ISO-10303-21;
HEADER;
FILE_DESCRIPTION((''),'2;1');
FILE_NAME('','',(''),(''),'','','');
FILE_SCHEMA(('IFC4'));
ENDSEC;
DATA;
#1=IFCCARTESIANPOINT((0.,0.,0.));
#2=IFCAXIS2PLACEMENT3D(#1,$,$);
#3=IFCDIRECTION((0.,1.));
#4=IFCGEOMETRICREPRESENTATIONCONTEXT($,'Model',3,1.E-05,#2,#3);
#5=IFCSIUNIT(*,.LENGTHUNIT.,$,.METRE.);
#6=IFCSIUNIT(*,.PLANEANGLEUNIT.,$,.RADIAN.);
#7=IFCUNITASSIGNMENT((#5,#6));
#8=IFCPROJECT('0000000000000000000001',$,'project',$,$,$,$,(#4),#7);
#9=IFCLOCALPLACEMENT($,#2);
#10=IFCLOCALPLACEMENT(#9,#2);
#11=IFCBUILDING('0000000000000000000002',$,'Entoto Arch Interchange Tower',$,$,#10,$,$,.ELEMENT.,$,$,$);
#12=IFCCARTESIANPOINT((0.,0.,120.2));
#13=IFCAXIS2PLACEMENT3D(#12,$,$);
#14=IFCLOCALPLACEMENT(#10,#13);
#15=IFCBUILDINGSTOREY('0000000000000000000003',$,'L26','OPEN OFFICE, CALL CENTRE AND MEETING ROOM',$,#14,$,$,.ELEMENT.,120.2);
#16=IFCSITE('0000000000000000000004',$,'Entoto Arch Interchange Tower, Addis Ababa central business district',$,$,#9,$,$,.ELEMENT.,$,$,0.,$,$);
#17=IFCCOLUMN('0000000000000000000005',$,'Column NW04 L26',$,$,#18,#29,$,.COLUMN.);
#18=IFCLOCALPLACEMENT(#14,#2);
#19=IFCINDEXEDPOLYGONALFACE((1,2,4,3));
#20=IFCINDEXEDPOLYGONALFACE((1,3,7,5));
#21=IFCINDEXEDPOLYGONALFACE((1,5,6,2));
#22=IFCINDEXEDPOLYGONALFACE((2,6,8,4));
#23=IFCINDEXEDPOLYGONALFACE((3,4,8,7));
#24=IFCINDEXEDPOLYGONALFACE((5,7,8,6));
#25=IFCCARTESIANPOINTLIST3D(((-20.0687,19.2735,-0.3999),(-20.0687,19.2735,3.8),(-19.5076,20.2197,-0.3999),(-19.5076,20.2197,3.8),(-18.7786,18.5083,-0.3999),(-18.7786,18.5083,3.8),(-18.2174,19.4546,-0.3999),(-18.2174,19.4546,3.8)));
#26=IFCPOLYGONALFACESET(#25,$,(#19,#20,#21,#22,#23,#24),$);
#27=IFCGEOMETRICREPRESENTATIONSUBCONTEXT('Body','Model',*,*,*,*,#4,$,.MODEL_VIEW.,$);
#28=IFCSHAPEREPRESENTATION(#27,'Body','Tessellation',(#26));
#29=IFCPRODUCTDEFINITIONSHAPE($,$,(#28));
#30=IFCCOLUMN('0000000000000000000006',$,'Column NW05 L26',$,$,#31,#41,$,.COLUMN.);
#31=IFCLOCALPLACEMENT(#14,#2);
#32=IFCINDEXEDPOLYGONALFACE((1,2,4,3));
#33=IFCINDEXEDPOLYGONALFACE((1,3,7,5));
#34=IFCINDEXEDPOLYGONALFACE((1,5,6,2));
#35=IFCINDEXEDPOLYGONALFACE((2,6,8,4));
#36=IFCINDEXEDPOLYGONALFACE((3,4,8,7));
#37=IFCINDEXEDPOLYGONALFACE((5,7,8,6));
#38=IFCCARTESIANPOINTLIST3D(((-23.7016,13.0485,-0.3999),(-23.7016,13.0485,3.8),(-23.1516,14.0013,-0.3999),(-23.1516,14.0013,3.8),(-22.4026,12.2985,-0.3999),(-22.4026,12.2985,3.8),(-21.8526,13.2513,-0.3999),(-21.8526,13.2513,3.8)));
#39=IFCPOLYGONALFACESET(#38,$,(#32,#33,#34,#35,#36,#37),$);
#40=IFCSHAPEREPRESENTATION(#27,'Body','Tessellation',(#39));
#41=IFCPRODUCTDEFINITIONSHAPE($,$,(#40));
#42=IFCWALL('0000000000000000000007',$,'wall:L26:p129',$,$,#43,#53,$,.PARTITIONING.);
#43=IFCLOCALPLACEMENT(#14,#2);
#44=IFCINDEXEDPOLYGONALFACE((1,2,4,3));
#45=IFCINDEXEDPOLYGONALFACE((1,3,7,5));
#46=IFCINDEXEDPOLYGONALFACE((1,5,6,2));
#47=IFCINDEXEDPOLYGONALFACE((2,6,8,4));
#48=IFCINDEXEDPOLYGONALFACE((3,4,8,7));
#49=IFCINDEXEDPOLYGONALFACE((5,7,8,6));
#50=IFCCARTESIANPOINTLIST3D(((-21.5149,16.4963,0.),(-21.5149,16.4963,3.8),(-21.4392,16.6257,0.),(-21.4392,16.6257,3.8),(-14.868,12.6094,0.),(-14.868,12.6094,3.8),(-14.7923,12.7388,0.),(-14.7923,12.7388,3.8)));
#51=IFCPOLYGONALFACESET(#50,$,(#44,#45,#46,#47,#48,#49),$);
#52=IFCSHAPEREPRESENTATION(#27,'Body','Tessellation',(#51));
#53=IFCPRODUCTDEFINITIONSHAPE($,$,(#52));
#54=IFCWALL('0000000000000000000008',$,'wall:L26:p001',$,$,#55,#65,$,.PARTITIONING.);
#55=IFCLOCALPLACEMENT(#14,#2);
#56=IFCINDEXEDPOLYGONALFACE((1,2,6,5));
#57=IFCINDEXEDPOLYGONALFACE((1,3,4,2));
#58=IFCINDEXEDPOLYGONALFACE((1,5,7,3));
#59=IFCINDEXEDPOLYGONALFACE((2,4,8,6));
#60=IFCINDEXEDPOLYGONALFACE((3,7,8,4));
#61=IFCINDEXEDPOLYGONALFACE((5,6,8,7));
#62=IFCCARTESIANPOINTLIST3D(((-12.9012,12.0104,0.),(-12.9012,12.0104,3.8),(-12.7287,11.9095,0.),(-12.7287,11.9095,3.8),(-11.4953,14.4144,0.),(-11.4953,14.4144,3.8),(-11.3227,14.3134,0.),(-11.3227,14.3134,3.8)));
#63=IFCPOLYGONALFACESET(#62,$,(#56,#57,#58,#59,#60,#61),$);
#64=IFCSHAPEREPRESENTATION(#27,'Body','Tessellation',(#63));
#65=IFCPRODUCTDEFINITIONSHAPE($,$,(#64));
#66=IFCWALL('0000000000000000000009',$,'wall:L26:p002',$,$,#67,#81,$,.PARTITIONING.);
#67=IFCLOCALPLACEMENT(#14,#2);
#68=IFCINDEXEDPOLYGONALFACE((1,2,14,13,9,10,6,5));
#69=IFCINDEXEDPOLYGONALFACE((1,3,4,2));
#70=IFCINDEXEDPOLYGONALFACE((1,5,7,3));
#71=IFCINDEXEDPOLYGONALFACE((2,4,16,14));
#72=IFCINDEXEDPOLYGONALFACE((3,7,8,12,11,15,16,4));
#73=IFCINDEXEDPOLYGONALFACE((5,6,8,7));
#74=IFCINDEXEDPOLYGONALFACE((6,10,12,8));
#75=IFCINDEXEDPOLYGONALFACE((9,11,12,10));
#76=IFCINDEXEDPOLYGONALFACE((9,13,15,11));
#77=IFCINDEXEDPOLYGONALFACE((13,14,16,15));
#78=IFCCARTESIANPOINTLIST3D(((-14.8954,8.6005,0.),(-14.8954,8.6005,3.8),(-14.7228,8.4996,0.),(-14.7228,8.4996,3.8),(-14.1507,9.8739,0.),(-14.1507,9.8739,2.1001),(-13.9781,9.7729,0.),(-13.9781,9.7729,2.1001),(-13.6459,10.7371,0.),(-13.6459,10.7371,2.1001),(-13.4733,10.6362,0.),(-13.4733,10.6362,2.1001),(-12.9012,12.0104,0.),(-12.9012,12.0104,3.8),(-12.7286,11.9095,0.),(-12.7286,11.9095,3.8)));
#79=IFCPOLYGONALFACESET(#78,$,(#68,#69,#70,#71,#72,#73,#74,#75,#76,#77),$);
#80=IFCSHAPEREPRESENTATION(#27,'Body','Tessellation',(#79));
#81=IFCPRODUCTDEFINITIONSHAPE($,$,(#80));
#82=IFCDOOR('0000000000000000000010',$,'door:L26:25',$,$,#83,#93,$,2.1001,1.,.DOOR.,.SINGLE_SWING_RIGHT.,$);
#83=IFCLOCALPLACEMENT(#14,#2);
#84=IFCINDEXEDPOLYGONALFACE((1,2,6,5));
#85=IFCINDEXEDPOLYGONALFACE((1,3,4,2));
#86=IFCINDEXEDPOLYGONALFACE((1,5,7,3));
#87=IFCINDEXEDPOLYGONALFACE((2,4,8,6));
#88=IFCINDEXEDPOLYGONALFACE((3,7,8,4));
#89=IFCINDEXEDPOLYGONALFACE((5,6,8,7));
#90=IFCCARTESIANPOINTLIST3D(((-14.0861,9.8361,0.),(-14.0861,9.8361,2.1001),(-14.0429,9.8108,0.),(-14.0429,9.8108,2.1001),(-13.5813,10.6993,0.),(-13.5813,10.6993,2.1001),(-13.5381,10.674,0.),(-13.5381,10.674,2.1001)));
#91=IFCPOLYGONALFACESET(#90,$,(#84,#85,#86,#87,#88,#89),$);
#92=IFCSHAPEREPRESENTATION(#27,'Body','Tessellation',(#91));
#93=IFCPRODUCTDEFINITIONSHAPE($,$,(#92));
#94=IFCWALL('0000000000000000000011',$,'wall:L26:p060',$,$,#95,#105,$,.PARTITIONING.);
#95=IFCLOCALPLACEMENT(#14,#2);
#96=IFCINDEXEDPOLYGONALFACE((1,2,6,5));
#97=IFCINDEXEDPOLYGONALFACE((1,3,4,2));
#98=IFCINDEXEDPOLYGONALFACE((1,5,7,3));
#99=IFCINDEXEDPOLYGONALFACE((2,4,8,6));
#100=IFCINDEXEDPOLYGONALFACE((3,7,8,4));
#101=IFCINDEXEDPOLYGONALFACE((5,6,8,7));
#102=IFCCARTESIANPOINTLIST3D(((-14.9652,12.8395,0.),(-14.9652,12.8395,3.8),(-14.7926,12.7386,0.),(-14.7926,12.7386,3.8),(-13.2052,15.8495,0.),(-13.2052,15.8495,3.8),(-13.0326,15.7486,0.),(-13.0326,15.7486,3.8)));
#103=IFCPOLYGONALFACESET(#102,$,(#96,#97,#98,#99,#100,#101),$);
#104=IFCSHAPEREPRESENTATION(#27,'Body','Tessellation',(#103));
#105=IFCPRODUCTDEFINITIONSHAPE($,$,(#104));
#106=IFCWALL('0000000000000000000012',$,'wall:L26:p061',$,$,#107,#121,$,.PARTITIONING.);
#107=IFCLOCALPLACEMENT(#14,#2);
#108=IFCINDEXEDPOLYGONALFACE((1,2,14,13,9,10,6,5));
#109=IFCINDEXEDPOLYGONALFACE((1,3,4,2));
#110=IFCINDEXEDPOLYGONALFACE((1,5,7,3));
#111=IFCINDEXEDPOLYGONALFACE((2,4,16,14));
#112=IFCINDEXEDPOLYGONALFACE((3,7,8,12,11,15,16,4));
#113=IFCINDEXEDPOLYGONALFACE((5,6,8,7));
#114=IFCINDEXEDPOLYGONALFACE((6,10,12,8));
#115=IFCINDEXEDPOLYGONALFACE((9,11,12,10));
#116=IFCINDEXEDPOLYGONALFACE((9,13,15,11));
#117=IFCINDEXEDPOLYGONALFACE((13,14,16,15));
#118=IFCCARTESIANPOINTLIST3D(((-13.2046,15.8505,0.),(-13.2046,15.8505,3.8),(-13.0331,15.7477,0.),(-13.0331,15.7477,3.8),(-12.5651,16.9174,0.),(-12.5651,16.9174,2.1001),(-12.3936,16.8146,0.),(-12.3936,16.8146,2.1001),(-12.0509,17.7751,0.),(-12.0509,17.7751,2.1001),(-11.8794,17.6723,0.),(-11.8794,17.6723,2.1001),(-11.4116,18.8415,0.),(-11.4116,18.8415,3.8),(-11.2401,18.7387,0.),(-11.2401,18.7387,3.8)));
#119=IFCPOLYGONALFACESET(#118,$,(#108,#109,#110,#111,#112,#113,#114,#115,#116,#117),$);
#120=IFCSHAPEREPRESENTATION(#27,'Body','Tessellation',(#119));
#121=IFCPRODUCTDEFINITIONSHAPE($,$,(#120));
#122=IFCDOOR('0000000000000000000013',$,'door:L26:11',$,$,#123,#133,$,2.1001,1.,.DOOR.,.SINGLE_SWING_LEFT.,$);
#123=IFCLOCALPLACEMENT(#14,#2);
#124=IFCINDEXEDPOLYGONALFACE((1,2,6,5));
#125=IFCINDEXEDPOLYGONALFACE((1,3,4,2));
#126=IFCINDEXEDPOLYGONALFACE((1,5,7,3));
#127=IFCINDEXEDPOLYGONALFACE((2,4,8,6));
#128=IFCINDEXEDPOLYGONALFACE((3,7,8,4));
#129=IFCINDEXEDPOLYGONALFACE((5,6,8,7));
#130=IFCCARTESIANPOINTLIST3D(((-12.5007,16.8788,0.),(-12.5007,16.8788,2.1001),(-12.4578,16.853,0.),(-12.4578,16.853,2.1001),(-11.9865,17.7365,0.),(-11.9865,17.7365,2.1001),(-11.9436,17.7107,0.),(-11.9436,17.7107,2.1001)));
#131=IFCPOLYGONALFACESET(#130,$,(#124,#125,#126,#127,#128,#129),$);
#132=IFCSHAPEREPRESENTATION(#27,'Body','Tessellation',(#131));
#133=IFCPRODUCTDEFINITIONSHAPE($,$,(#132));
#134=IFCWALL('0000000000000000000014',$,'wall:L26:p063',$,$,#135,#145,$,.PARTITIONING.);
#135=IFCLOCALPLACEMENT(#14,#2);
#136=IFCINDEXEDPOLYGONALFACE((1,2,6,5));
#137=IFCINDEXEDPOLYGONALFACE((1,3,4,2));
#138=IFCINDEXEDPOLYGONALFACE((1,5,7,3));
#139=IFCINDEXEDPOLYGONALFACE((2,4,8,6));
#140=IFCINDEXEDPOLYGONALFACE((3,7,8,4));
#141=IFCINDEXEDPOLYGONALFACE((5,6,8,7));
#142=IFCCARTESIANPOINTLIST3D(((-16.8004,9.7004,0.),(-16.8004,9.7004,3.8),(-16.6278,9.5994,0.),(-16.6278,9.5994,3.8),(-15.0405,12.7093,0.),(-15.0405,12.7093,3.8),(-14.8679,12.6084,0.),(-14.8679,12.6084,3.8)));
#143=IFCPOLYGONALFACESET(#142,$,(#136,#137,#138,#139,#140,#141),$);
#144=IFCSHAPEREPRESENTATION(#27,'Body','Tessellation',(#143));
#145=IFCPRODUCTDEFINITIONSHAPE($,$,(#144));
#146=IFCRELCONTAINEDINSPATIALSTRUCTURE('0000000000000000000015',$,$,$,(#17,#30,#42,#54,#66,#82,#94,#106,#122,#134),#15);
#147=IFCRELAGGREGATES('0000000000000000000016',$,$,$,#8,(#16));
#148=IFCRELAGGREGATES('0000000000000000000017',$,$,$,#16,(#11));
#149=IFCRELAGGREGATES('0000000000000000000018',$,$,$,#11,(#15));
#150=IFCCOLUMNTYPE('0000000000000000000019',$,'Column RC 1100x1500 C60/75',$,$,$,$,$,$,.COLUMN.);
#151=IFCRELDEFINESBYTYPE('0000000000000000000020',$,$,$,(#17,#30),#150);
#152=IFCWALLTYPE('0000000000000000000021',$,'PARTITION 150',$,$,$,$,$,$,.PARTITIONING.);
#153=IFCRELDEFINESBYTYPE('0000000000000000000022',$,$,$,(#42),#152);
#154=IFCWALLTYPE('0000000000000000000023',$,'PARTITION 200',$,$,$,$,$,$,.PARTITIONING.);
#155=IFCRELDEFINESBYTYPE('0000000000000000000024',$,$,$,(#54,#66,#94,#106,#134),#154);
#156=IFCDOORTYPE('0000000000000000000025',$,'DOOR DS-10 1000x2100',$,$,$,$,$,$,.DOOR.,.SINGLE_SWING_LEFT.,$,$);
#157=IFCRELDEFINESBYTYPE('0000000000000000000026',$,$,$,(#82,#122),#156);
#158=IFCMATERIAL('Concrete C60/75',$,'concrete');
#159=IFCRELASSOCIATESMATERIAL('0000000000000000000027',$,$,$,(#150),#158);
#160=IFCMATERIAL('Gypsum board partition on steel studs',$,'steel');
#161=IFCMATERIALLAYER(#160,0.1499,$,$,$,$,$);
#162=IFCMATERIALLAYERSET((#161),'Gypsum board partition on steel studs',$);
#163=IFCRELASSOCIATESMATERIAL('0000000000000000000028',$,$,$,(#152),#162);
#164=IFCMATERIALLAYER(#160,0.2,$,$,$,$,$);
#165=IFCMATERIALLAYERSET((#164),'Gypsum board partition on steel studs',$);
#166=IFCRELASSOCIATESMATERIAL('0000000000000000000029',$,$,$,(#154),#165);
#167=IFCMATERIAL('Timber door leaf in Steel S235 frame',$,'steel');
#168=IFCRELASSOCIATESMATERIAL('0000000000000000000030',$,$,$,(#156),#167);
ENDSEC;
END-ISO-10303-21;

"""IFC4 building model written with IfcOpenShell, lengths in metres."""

from ifc_helpers import new_model, si_unit, direction, frame, frame_2d, origin, origin_2d, place, context, subcontext, project, spatial, rectangle, extrude, material, layer, layer_set, material_profile, profile_set, type_object, element, fill, save


model = new_model("IFC4")

# Units and contexts
model_context = context("Model", 3, precision=1e-05, world=origin(), true_north=direction((0.0, 1.0)))
body_context = subcontext(model_context, "Body", "Model", "MODEL_VIEW")
ifc_project = project(units=[si_unit("LENGTHUNIT", "METRE"), si_unit("PLANEANGLEUNIT", "RADIAN")], contexts=[model_context])

# Site, building, storey
site_placement = place(None, origin())
site = spatial("IfcSite", under=ifc_project, at=site_placement, Name="Entoto Arch Interchange Tower, Addis Ababa central business district", CompositionType="ELEMENT", RefElevation=0.0)
building_placement = place(site_placement, origin())
building = spatial("IfcBuilding", under=site, at=building_placement, Name="Entoto Arch Interchange Tower", CompositionType="ELEMENT")
storey_placement = place(building_placement, frame((0.0, 0.0, 120.2)))
storey = spatial("IfcBuildingStorey", under=building, at=storey_placement, Name="L26", Description="OPEN OFFICE, CALL CENTRE AND MEETING ROOM", CompositionType="ELEMENT", Elevation=120.2)

# Columns
ifc_material_1 = material(Name="Concrete C60/75", Category="concrete")
ifc_material_profile = material_profile(ifc_material_1, rectangle(XDim=1.1001, YDim=1.5, at=origin_2d()))
ifc_profile_set = profile_set([ifc_material_profile], Name="Concrete C60/75")
column_type = type_object("IfcColumnType", Name="Column RC 1100x1500 C60/75", PredefinedType="COLUMN", material=ifc_profile_set)
for number, where, z_axis, x_axis, name in (
    (1, (-19.1431, 19.364, -0.3999), (0.0, 0.0, 1.0), (0.510093, 0.860119, 0.0), "Column NW04 L26"),
    (2, (-22.7771, 13.1499, -0.3999), (0.0, 0.0, 1.0), (0.5, 0.866025, 0.0), "Column NW05 L26"),
):
    element("IfcColumn", number, at=place(storey_placement, frame(where, z_axis=z_axis, x_axis=x_axis)), inside=storey, type_object=column_type, Name=name, PredefinedType="COLUMN", context=body_context, shape_type="SweptSolid", body=[
        extrude(rectangle(XDim=1.1001, YDim=1.5, at=origin_2d()), origin(), (0.0, 0.0, 1.0), 4.2),
    ])

# Walls
ifc_material_2 = material(Name="Gypsum board partition on steel studs", Category="steel")
ifc_layer_1 = layer(ifc_material_2, 0.1499)
ifc_layer_set_1 = layer_set([ifc_layer_1], Name="Gypsum board partition on steel studs")
wall_type_1 = type_object("IfcWallType", Name="PARTITION 150", PredefinedType="PARTITIONING", material=ifc_layer_set_1)
wall_1_placement = place(storey_placement, frame((-14.8301, 12.6741, 0.0), z_axis=(0.0, 0.0, 1.0), x_axis=(-0.863238, 0.504797, 0.0)))
element("IfcWall", 3, at=wall_1_placement, inside=storey, type_object=wall_type_1, Name="wall:L26:p129", PredefinedType="PARTITIONING", context=body_context, shape_type="SweptSolid", body=[
    extrude(rectangle(XDim=7.7, YDim=0.1499, at=frame_2d((3.8501, 0.0))), origin(), (0.0, 0.0, 1.0), 3.8),
])
ifc_layer_2 = layer(ifc_material_2, 0.2)
ifc_layer_set_2 = layer_set([ifc_layer_2], Name="Gypsum board partition on steel studs")
wall_type_2 = type_object("IfcWallType", Name="PARTITION 200", PredefinedType="PARTITIONING", material=ifc_layer_set_2)
wall_2_placement = place(storey_placement, frame((-11.4089, 14.364, 0.0), z_axis=(0.0, 0.0, 1.0), x_axis=(-0.504846, -0.863209, 0.0)))
element("IfcWall", 4, at=wall_2_placement, inside=storey, type_object=wall_type_2, Name="wall:L26:p001", PredefinedType="PARTITIONING", context=body_context, shape_type="SweptSolid", body=[
    extrude(rectangle(XDim=2.7849, YDim=0.2, at=frame_2d((1.3926, 0.0))), origin(), (0.0, 0.0, 1.0), 3.8),
])

# Wall, opening, door
wall_3_placement = place(storey_placement, frame((-12.8149, 11.96, 0.0), z_axis=(0.0, 0.0, 1.0), x_axis=(-0.50482, -0.863225, 0.0)))
wall_3 = element("IfcWall", 5, at=wall_3_placement, inside=storey, type_object=wall_type_2, Name="wall:L26:p002", PredefinedType="PARTITIONING", context=body_context, shape_type="SweptSolid", body=[
    extrude(rectangle(XDim=3.9502, YDim=0.2, at=frame_2d((1.9751, 0.0))), origin(), (0.0, 0.0, 1.0), 3.8),
])
opening_1_placement = place(wall_3_placement, frame((1.4751, 0.0, 0.0)))
opening_1 = element("IfcOpeningElement", 6, at=opening_1_placement, cuts=wall_3, PredefinedType="OPENING", context=body_context, shape_type="SweptSolid", body=[
    extrude(rectangle(XDim=1.0, YDim=2.1001, at=frame_2d((0.5, 1.05))), frame((0.0, 0.1099, 0.0), z_axis=(0.0, -1.0, 0.0), x_axis=(1.0, 0.0, 0.0)), (0.0, 0.0, 1.0), 0.22),
])
ifc_material_3 = material(Name="Timber door leaf in Steel S235 frame", Category="steel")
door_type = type_object("IfcDoorType", Name="DOOR DS-10 1000x2100", OperationType="SINGLE_SWING_LEFT", PredefinedType="DOOR", material=ifc_material_3)
door_1_placement = place(opening_1_placement, origin())
door_1 = element("IfcDoor", 7, at=door_1_placement, inside=storey, type_object=door_type, Name="door:L26:25", OperationType="SINGLE_SWING_RIGHT", OverallHeight=2.1001, OverallWidth=1.0, PredefinedType="DOOR", context=body_context, shape_type="SweptSolid", body=[
    extrude(rectangle(XDim=1.0, YDim=2.1001, at=frame_2d((0.5, 1.05))), frame((0.0, 0.0249, 0.0), z_axis=(0.0, -1.0, 0.0), x_axis=(1.0, 0.0, 0.0)), (0.0, 0.0, 1.0), 0.05),
])
fill(opening_1, door_1)

# Wall
wall_4_placement = place(storey_placement, frame((-14.8789, 12.7891, 0.0), z_axis=(0.0, 0.0, 1.0), x_axis=(0.504763, 0.863258, 0.0)))
element("IfcWall", 8, at=wall_4_placement, inside=storey, type_object=wall_type_2, Name="wall:L26:p060", PredefinedType="PARTITIONING", context=body_context, shape_type="SweptSolid", body=[
    extrude(rectangle(XDim=3.4868, YDim=0.2, at=frame_2d((1.7434, 0.0))), origin(), (0.0, 0.0, 1.0), 3.8),
])

# Wall, opening, door
wall_5_placement = place(storey_placement, frame((-13.1189, 15.7991, 0.0), z_axis=(0.0, 0.0, 1.0), x_axis=(0.514156, 0.857697, 0.0)))
wall_5 = element("IfcWall", 9, at=wall_5_placement, inside=storey, type_object=wall_type_2, Name="wall:L26:p061", PredefinedType="PARTITIONING", context=body_context, shape_type="SweptSolid", body=[
    extrude(rectangle(XDim=3.4873, YDim=0.2, at=frame_2d((1.7437, 0.0))), origin(), (0.0, 0.0, 1.0), 3.8),
])
opening_2_placement = place(wall_5_placement, frame((1.2439, 0.0, 0.0)))
opening_2 = element("IfcOpeningElement", 10, at=opening_2_placement, cuts=wall_5, PredefinedType="OPENING", context=body_context, shape_type="SweptSolid", body=[
    extrude(rectangle(XDim=1.0, YDim=2.1001, at=frame_2d((0.5, 1.05))), frame((0.0, 0.1099, 0.0), z_axis=(0.0, -1.0, 0.0), x_axis=(1.0, 0.0, 0.0)), (0.0, 0.0, 1.0), 0.22),
])
door_2_placement = place(opening_2_placement, origin())
door_2 = element("IfcDoor", 11, at=door_2_placement, inside=storey, type_object=door_type, Name="door:L26:11", OperationType="SINGLE_SWING_LEFT", OverallHeight=2.1001, OverallWidth=1.0, PredefinedType="DOOR", context=body_context, shape_type="SweptSolid", body=[
    extrude(rectangle(XDim=1.0, YDim=2.1001, at=frame_2d((0.5, 1.05))), frame((0.0, 0.0249, 0.0), z_axis=(0.0, -1.0, 0.0), x_axis=(1.0, 0.0, 0.0)), (0.0, 0.0, 1.0), 0.05),
])
fill(opening_2, door_2)

# Wall
wall_6_placement = place(storey_placement, frame((-16.7141, 9.6499, 0.0), z_axis=(0.0, 0.0, 1.0), x_axis=(0.504885, 0.863186, 0.0)))
element("IfcWall", 12, at=wall_6_placement, inside=storey, type_object=wall_type_2, Name="wall:L26:p063", PredefinedType="PARTITIONING", context=body_context, shape_type="SweptSolid", body=[
    extrude(rectangle(XDim=3.4858, YDim=0.2, at=frame_2d((1.7429, 0.0))), origin(), (0.0, 0.0, 1.0), 3.8),
])

save(model, "model.ifc")
